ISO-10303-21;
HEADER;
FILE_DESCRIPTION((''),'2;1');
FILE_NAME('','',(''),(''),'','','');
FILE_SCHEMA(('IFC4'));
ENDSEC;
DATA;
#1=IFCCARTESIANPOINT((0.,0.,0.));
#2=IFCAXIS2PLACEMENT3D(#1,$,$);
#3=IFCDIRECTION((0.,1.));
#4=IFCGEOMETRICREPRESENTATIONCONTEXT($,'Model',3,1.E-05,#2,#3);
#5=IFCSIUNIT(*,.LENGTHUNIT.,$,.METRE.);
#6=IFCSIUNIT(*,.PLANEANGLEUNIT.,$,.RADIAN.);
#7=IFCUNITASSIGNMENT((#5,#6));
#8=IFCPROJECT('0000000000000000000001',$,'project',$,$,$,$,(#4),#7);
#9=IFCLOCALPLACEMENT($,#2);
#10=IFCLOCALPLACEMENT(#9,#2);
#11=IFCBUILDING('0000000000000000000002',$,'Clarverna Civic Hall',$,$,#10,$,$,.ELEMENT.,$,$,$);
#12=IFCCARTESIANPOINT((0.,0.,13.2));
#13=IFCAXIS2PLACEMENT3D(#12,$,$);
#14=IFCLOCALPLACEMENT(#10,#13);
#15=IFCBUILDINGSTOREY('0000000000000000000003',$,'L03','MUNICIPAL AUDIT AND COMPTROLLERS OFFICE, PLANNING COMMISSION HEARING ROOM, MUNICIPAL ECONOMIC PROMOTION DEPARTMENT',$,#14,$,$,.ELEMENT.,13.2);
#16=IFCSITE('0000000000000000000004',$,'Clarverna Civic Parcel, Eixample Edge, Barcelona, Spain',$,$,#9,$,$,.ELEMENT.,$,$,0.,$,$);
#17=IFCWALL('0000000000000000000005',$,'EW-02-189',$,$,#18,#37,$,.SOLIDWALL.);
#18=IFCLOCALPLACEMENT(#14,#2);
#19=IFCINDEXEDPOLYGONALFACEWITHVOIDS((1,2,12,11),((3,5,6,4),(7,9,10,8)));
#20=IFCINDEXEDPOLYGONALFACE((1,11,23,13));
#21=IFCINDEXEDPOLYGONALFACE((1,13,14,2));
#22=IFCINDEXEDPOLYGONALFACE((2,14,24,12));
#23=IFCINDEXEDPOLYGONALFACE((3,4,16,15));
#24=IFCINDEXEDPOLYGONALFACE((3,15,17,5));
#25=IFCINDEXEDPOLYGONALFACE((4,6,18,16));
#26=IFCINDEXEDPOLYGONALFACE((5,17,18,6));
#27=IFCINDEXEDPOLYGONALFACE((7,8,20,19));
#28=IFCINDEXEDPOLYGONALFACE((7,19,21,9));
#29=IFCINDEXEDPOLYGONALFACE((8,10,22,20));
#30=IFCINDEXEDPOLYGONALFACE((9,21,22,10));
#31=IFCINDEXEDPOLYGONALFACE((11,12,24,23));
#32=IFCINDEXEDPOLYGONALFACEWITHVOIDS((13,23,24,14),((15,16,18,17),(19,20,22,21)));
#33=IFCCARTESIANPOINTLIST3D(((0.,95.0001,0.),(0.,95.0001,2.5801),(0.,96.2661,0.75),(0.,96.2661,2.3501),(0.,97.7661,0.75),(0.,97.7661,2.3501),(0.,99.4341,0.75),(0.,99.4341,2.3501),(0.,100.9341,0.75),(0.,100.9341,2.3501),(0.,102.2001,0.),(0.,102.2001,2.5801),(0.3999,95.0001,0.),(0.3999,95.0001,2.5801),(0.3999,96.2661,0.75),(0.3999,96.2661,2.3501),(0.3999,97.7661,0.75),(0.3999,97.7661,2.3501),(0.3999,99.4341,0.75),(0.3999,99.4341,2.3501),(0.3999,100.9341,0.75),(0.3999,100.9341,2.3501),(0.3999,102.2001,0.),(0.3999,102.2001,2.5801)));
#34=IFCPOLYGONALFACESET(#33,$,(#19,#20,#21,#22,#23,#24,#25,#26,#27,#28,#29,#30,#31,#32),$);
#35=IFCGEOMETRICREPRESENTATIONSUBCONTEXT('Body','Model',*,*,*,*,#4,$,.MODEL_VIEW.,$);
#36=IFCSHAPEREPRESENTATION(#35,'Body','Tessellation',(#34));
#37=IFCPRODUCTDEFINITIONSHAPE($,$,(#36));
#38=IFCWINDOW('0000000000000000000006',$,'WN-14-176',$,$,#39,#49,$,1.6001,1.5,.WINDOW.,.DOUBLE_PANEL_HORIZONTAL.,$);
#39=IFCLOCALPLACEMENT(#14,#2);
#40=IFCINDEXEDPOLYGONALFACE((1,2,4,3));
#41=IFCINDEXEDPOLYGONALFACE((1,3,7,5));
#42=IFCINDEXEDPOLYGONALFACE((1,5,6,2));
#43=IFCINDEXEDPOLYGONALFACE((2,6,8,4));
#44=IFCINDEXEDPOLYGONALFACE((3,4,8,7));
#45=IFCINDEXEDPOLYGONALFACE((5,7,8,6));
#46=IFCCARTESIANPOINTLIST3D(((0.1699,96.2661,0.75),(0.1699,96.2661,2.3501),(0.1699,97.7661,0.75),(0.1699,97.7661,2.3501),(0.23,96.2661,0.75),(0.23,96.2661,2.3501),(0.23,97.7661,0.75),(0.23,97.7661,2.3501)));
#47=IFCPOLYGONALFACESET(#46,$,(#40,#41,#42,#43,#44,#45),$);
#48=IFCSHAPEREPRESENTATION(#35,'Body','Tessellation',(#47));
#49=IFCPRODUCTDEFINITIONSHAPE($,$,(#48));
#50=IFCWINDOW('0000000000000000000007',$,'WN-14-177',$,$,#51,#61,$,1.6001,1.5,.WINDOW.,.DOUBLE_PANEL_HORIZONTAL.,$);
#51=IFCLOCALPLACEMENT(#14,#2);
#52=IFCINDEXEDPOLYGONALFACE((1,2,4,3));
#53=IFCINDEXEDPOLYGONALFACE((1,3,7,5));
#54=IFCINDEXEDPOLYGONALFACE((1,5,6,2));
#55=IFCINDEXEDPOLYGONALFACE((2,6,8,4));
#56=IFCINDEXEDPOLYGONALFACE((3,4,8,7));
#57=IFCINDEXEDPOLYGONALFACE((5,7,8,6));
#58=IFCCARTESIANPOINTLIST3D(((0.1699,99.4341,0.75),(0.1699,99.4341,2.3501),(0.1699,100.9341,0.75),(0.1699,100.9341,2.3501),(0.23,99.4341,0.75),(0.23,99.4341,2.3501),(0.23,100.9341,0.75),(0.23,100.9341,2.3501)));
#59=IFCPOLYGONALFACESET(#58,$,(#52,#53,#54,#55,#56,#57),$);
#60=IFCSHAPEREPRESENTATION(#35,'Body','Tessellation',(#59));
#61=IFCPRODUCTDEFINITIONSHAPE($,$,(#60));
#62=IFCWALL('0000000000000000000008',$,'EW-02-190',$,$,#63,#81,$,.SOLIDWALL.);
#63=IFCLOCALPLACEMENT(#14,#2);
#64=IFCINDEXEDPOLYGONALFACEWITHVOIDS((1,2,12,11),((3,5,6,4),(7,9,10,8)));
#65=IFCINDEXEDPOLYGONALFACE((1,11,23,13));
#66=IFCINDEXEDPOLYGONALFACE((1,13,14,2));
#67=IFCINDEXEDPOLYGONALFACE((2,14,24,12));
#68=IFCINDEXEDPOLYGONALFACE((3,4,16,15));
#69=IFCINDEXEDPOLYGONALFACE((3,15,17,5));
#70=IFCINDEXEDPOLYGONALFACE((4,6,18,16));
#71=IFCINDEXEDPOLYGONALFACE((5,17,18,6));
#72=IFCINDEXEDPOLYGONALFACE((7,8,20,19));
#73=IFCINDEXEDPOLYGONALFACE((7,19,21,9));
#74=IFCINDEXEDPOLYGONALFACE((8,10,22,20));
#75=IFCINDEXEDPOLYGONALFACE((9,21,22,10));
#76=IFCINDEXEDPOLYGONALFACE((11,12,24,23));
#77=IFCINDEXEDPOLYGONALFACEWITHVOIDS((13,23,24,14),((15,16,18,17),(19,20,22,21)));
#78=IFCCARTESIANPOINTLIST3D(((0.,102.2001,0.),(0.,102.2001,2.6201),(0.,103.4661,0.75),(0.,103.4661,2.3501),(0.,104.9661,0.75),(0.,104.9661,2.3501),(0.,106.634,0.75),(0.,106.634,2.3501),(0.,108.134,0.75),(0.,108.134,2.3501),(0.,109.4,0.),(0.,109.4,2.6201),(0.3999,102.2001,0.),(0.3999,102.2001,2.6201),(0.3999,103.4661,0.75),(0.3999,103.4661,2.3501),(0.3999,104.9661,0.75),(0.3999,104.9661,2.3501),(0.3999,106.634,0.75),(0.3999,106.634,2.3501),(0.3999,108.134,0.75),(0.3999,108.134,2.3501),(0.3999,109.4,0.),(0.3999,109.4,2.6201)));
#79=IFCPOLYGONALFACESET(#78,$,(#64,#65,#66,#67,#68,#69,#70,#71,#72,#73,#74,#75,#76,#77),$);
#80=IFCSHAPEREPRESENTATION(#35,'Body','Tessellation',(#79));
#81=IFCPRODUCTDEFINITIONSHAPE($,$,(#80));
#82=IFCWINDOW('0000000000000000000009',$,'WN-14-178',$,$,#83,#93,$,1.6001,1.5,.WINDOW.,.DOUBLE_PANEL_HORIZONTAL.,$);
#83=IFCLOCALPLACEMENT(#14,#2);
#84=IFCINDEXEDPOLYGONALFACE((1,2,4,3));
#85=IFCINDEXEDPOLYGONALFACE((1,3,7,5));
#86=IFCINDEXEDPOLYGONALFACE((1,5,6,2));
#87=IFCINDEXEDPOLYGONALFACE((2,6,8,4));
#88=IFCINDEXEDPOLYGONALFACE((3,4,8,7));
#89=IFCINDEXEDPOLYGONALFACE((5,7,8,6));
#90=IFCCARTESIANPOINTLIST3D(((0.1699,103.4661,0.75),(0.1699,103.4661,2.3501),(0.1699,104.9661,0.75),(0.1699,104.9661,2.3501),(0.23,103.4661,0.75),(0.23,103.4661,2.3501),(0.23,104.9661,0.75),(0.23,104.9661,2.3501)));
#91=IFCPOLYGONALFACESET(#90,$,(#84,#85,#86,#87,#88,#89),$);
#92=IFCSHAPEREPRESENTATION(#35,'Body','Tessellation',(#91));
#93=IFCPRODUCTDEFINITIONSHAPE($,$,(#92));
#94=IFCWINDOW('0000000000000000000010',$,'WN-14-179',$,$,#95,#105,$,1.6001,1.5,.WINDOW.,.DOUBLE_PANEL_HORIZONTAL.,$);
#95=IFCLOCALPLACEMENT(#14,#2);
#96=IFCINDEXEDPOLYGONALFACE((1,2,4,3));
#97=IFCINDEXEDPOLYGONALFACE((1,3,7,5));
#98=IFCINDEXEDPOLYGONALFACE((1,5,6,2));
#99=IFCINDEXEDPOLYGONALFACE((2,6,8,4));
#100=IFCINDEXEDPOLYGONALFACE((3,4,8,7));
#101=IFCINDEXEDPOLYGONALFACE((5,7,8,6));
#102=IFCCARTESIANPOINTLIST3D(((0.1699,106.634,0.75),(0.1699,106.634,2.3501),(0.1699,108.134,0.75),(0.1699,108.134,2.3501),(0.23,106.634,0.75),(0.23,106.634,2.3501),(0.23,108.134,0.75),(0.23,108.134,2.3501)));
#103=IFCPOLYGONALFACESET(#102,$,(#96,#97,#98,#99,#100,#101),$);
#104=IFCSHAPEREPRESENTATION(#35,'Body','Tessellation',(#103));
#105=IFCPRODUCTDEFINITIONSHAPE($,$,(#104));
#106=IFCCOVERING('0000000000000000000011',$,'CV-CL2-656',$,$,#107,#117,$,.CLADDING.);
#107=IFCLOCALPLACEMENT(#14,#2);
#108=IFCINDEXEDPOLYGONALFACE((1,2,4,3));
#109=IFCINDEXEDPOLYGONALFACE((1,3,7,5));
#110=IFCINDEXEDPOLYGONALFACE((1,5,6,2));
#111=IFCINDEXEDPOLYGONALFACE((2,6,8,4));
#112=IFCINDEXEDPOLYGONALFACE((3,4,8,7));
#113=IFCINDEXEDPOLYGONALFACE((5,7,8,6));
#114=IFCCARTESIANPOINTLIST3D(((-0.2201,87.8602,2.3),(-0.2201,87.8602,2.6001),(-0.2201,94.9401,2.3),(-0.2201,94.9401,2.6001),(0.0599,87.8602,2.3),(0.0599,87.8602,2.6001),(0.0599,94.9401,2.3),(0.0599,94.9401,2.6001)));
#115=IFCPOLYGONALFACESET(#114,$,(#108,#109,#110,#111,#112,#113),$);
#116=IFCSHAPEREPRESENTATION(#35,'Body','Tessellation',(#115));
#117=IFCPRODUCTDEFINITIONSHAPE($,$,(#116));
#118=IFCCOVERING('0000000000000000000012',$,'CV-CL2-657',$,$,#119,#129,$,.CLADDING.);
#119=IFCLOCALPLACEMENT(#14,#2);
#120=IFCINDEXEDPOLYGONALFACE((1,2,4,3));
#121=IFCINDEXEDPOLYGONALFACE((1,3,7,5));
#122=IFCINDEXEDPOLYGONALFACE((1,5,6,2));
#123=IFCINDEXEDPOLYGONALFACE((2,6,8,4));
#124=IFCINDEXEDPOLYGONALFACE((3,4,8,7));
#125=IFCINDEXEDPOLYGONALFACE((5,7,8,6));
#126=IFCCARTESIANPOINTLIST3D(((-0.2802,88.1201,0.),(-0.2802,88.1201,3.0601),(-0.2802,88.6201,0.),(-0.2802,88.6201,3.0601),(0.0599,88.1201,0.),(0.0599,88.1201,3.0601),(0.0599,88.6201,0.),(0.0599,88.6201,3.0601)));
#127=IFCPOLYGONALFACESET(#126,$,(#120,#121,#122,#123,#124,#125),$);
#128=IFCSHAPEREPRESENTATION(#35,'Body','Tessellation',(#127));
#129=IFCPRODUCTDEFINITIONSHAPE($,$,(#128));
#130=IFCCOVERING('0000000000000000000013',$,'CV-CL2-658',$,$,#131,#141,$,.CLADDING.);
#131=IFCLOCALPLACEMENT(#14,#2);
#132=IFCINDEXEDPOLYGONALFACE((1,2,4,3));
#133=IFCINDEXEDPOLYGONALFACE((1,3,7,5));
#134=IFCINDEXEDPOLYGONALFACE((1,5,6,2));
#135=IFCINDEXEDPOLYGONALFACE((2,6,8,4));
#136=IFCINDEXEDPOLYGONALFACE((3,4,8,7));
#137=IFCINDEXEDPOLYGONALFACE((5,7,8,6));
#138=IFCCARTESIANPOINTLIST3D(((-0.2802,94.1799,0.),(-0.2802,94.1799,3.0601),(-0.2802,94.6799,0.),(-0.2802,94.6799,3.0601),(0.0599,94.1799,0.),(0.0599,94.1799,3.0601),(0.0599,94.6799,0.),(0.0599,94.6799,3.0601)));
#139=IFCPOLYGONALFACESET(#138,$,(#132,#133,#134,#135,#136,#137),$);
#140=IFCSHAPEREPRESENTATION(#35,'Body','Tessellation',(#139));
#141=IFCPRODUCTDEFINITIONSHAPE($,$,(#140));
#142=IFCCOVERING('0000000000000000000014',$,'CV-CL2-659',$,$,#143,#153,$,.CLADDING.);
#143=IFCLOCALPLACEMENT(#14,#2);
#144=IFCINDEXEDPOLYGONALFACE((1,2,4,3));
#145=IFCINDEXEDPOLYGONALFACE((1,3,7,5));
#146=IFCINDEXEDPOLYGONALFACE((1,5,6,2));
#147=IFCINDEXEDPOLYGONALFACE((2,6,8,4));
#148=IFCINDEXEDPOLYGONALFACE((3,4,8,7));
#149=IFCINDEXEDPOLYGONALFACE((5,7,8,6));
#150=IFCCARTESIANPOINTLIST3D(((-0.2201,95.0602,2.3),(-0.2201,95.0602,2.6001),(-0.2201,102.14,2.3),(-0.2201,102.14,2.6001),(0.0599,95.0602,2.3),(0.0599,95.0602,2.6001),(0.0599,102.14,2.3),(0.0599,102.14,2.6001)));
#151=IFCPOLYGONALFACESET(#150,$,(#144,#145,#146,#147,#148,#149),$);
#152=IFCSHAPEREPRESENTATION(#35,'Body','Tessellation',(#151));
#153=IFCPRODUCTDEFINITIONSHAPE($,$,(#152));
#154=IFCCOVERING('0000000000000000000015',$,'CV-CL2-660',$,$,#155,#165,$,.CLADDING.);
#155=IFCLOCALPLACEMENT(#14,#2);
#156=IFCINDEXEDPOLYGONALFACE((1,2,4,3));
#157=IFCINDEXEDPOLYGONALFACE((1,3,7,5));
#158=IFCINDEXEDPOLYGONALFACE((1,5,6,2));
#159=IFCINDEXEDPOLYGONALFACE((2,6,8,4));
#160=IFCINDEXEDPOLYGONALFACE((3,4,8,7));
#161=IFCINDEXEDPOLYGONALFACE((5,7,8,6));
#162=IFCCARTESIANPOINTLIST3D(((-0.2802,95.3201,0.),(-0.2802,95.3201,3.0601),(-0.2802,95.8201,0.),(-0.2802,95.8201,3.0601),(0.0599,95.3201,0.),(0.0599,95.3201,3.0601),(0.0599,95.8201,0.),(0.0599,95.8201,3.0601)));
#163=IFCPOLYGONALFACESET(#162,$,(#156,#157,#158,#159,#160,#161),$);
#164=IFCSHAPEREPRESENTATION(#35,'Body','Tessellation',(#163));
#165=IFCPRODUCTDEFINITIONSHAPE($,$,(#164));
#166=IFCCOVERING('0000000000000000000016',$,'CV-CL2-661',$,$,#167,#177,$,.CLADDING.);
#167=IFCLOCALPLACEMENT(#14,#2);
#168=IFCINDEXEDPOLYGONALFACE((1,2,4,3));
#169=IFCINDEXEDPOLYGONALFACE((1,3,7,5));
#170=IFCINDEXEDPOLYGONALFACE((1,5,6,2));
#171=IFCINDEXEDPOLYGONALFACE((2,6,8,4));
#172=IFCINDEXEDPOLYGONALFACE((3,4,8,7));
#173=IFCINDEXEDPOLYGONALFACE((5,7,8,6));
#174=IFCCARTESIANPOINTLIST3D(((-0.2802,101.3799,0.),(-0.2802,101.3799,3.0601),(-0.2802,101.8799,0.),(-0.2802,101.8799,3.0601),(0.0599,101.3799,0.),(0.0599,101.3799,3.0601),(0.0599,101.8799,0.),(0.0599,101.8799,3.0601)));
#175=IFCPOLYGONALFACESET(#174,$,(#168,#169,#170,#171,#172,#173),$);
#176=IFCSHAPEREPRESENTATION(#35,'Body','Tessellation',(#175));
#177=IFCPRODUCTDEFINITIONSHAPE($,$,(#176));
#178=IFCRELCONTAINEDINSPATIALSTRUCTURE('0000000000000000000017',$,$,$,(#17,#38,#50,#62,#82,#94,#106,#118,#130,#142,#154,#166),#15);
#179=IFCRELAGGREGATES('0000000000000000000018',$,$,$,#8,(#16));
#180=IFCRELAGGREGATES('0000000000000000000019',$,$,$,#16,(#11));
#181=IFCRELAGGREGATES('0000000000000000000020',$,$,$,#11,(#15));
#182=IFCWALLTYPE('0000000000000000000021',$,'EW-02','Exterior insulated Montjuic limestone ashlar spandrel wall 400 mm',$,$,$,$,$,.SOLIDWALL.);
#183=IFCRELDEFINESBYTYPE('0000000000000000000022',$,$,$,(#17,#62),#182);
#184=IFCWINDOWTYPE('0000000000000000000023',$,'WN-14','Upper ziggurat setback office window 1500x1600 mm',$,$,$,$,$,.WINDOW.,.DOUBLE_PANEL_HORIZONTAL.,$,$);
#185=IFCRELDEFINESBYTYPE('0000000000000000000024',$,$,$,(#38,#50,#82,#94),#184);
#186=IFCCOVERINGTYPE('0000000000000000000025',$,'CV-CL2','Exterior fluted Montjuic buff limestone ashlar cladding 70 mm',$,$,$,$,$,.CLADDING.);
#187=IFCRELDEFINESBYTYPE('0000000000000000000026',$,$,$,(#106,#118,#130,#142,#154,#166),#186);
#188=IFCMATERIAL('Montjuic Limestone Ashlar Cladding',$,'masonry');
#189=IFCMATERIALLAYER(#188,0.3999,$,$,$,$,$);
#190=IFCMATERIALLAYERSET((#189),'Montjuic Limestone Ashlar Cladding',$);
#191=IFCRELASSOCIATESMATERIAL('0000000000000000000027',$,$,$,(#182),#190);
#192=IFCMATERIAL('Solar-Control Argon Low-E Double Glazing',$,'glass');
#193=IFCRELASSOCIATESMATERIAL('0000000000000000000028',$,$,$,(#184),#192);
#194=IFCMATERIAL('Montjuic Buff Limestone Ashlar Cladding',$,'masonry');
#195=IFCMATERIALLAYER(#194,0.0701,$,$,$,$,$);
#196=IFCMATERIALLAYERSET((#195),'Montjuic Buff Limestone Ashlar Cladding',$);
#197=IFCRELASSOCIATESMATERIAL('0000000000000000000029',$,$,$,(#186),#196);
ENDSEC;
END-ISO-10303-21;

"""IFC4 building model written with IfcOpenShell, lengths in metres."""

from ifc_helpers import new_model, si_unit, direction, frame, frame_2d, origin, place, context, subcontext, project, spatial, rectangle, extrude, material, layer, layer_set, type_object, element, fill, save


model = new_model("IFC4")

# Units and contexts
model_context = context("Model", 3, precision=1e-05, world=origin(), true_north=direction((0.0, 1.0)))
body_context = subcontext(model_context, "Body", "Model", "MODEL_VIEW")
ifc_project = project(units=[si_unit("LENGTHUNIT", "METRE"), si_unit("PLANEANGLEUNIT", "RADIAN")], contexts=[model_context])

# Site, building, storey
site_placement = place(None, origin())
site = spatial("IfcSite", under=ifc_project, at=site_placement, Name="Clarverna Civic Parcel, Eixample Edge, Barcelona, Spain", CompositionType="ELEMENT", RefElevation=0.0)
building_placement = place(site_placement, origin())
building = spatial("IfcBuilding", under=site, at=building_placement, Name="Clarverna Civic Hall", CompositionType="ELEMENT")
storey_placement = place(building_placement, frame((0.0, 0.0, 13.2)))
storey = spatial("IfcBuildingStorey", under=building, at=storey_placement, Name="L03", Description="MUNICIPAL AUDIT AND COMPTROLLERS OFFICE, PLANNING COMMISSION HEARING ROOM, MUNICIPAL ECONOMIC PROMOTION DEPARTMENT", CompositionType="ELEMENT", Elevation=13.2)

# Walls, openings, windows
ifc_material_1 = material(Name="Montjuic Limestone Ashlar Cladding", Category="masonry")
ifc_layer_1 = layer(ifc_material_1, 0.3999)
ifc_layer_set_1 = layer_set([ifc_layer_1], Name="Montjuic Limestone Ashlar Cladding")
wall_type = type_object("IfcWallType", Name="EW-02", Description="Exterior insulated Montjuic limestone ashlar spandrel wall 400 mm", PredefinedType="SOLIDWALL", material=ifc_layer_set_1)
wall_1_placement = place(storey_placement, frame((0.2, 95.0, 0.0), z_axis=(0.0, 0.0, 1.0), x_axis=(0.0, 1.0, 0.0)))
wall_1 = element("IfcWall", 1, at=wall_1_placement, inside=storey, type_object=wall_type, Name="EW-02-189", PredefinedType="SOLIDWALL", context=body_context, shape_type="SweptSolid", body=[
    extrude(rectangle(XDim=7.2, YDim=0.3999, at=frame_2d((3.6001, 0.0))), origin(), (0.0, 0.0, 1.0), 2.5801),
])
opening_1_placement = place(wall_1_placement, frame((1.2661, 0.0, 0.75)))
opening_1 = element("IfcOpeningElement", 2, at=opening_1_placement, cuts=wall_1, PredefinedType="OPENING", context=body_context, shape_type="SweptSolid", body=[
    extrude(rectangle(XDim=1.5, YDim=1.6001, at=frame_2d((0.75, 0.8))), frame((0.0, 0.21, 0.0), z_axis=(0.0, -1.0, 0.0), x_axis=(1.0, 0.0, 0.0)), (0.0, 0.0, 1.0), 0.4199),
])
opening_2_placement = place(wall_1_placement, frame((4.4341, 0.0, 0.75)))
opening_2 = element("IfcOpeningElement", 3, at=opening_2_placement, cuts=wall_1, PredefinedType="OPENING", context=body_context, shape_type="SweptSolid", body=[
    extrude(rectangle(XDim=1.5, YDim=1.6001, at=frame_2d((0.75, 0.8))), frame((0.0, 0.21, 0.0), z_axis=(0.0, -1.0, 0.0), x_axis=(1.0, 0.0, 0.0)), (0.0, 0.0, 1.0), 0.4199),
])
ifc_material_2 = material(Name="Solar-Control Argon Low-E Double Glazing", Category="glass")
window_type = type_object("IfcWindowType", Name="WN-14", Description="Upper ziggurat setback office window 1500x1600 mm", PartitioningType="DOUBLE_PANEL_HORIZONTAL", PredefinedType="WINDOW", material=ifc_material_2)
window_1_placement = place(opening_1_placement, origin())
window_1 = element("IfcWindow", 4, at=window_1_placement, inside=storey, type_object=window_type, Name="WN-14-176", OverallHeight=1.6001, OverallWidth=1.5, PartitioningType="DOUBLE_PANEL_HORIZONTAL", PredefinedType="WINDOW", context=body_context, shape_type="SweptSolid", body=[
    extrude(rectangle(XDim=1.5, YDim=1.6001, at=frame_2d((0.75, 0.8))), frame((0.0, 0.03, 0.0), z_axis=(0.0, -1.0, 0.0), x_axis=(1.0, 0.0, 0.0)), (0.0, 0.0, 1.0), 0.0601),
])
fill(opening_1, window_1)
window_2_placement = place(opening_2_placement, origin())
window_2 = element("IfcWindow", 5, at=window_2_placement, inside=storey, type_object=window_type, Name="WN-14-177", OverallHeight=1.6001, OverallWidth=1.5, PartitioningType="DOUBLE_PANEL_HORIZONTAL", PredefinedType="WINDOW", context=body_context, shape_type="SweptSolid", body=[
    extrude(rectangle(XDim=1.5, YDim=1.6001, at=frame_2d((0.75, 0.8))), frame((0.0, 0.03, 0.0), z_axis=(0.0, -1.0, 0.0), x_axis=(1.0, 0.0, 0.0)), (0.0, 0.0, 1.0), 0.0601),
])
fill(opening_2, window_2)
wall_2_placement = place(storey_placement, frame((0.2, 102.2, 0.0), z_axis=(0.0, 0.0, 1.0), x_axis=(0.0, 1.0, 0.0)))
wall_2 = element("IfcWall", 6, at=wall_2_placement, inside=storey, type_object=wall_type, Name="EW-02-190", PredefinedType="SOLIDWALL", context=body_context, shape_type="SweptSolid", body=[
    extrude(rectangle(XDim=7.2, YDim=0.3999, at=frame_2d((3.6001, 0.0))), origin(), (0.0, 0.0, 1.0), 2.6201),
])
opening_3_placement = place(wall_2_placement, frame((1.2661, 0.0, 0.75)))
opening_3 = element("IfcOpeningElement", 7, at=opening_3_placement, cuts=wall_2, PredefinedType="OPENING", context=body_context, shape_type="SweptSolid", body=[
    extrude(rectangle(XDim=1.5, YDim=1.6001, at=frame_2d((0.75, 0.8))), frame((0.0, 0.21, 0.0), z_axis=(0.0, -1.0, 0.0), x_axis=(1.0, 0.0, 0.0)), (0.0, 0.0, 1.0), 0.4199),
])
opening_4_placement = place(wall_2_placement, frame((4.4341, 0.0, 0.75)))
opening_4 = element("IfcOpeningElement", 8, at=opening_4_placement, cuts=wall_2, PredefinedType="OPENING", context=body_context, shape_type="SweptSolid", body=[
    extrude(rectangle(XDim=1.5, YDim=1.6001, at=frame_2d((0.75, 0.8))), frame((0.0, 0.21, 0.0), z_axis=(0.0, -1.0, 0.0), x_axis=(1.0, 0.0, 0.0)), (0.0, 0.0, 1.0), 0.4199),
])
window_3_placement = place(opening_3_placement, origin())
window_3 = element("IfcWindow", 9, at=window_3_placement, inside=storey, type_object=window_type, Name="WN-14-178", OverallHeight=1.6001, OverallWidth=1.5, PartitioningType="DOUBLE_PANEL_HORIZONTAL", PredefinedType="WINDOW", context=body_context, shape_type="SweptSolid", body=[
    extrude(rectangle(XDim=1.5, YDim=1.6001, at=frame_2d((0.75, 0.8))), frame((0.0, 0.03, 0.0), z_axis=(0.0, -1.0, 0.0), x_axis=(1.0, 0.0, 0.0)), (0.0, 0.0, 1.0), 0.0601),
])
fill(opening_3, window_3)
window_4_placement = place(opening_4_placement, origin())
window_4 = element("IfcWindow", 10, at=window_4_placement, inside=storey, type_object=window_type, Name="WN-14-179", OverallHeight=1.6001, OverallWidth=1.5, PartitioningType="DOUBLE_PANEL_HORIZONTAL", PredefinedType="WINDOW", context=body_context, shape_type="SweptSolid", body=[
    extrude(rectangle(XDim=1.5, YDim=1.6001, at=frame_2d((0.75, 0.8))), frame((0.0, 0.03, 0.0), z_axis=(0.0, -1.0, 0.0), x_axis=(1.0, 0.0, 0.0)), (0.0, 0.0, 1.0), 0.0601),
])
fill(opening_4, window_4)

# Coverings
ifc_material_3 = material(Name="Montjuic Buff Limestone Ashlar Cladding", Category="masonry")
ifc_layer_2 = layer(ifc_material_3, 0.0701)
ifc_layer_set_2 = layer_set([ifc_layer_2], Name="Montjuic Buff Limestone Ashlar Cladding")
covering_type = type_object("IfcCoveringType", Name="CV-CL2", Description="Exterior fluted Montjuic buff limestone ashlar cladding 70 mm", PredefinedType="CLADDING", material=ifc_layer_set_2)
covering_1_placement = place(storey_placement, frame((-0.0801, 87.8601, 2.3), z_axis=(0.0, 0.0, 1.0), x_axis=(0.0, 1.0, 0.0)))
element("IfcCovering", 11, at=covering_1_placement, inside=storey, type_object=covering_type, Name="CV-CL2-656", PredefinedType="CLADDING", context=body_context, shape_type="SweptSolid", body=[
    extrude(rectangle(XDim=7.0798, YDim=0.28, at=frame_2d((3.54, 0.0))), origin(), (0.0, 0.0, 1.0), 0.3),
])
for number, where, z_axis, x_axis, name in (
    (12, (-0.1101, 88.1201, 0.0), (0.0, 0.0, 1.0), (0.0, 1.0, 0.0), "CV-CL2-657"),
    (13, (-0.1101, 94.1799, 0.0), (0.0, 0.0, 1.0), (0.0, 1.0, 0.0), "CV-CL2-658"),
):
    element("IfcCovering", number, at=place(storey_placement, frame(where, z_axis=z_axis, x_axis=x_axis)), inside=storey, type_object=covering_type, Name=name, PredefinedType="CLADDING", context=body_context, shape_type="SweptSolid", body=[
        extrude(rectangle(XDim=0.5, YDim=0.3401, at=frame_2d((0.25, 0.0))), origin(), (0.0, 0.0, 1.0), 3.0601),
    ])
covering_2_placement = place(storey_placement, frame((-0.0801, 95.0601, 2.3), z_axis=(0.0, 0.0, 1.0), x_axis=(0.0, 1.0, 0.0)))
element("IfcCovering", 14, at=covering_2_placement, inside=storey, type_object=covering_type, Name="CV-CL2-659", PredefinedType="CLADDING", context=body_context, shape_type="SweptSolid", body=[
    extrude(rectangle(XDim=7.0798, YDim=0.28, at=frame_2d((3.54, 0.0))), origin(), (0.0, 0.0, 1.0), 0.3),
])
for number, where, z_axis, x_axis, name in (
    (15, (-0.1101, 95.3201, 0.0), (0.0, 0.0, 1.0), (0.0, 1.0, 0.0), "CV-CL2-660"),
    (16, (-0.1101, 101.3799, 0.0), (0.0, 0.0, 1.0), (0.0, 1.0, 0.0), "CV-CL2-661"),
):
    element("IfcCovering", number, at=place(storey_placement, frame(where, z_axis=z_axis, x_axis=x_axis)), inside=storey, type_object=covering_type, Name=name, PredefinedType="CLADDING", context=body_context, shape_type="SweptSolid", body=[
        extrude(rectangle(XDim=0.5, YDim=0.3401, at=frame_2d((0.25, 0.0))), origin(), (0.0, 0.0, 1.0), 3.0601),
    ])

save(model, "model.ifc")
